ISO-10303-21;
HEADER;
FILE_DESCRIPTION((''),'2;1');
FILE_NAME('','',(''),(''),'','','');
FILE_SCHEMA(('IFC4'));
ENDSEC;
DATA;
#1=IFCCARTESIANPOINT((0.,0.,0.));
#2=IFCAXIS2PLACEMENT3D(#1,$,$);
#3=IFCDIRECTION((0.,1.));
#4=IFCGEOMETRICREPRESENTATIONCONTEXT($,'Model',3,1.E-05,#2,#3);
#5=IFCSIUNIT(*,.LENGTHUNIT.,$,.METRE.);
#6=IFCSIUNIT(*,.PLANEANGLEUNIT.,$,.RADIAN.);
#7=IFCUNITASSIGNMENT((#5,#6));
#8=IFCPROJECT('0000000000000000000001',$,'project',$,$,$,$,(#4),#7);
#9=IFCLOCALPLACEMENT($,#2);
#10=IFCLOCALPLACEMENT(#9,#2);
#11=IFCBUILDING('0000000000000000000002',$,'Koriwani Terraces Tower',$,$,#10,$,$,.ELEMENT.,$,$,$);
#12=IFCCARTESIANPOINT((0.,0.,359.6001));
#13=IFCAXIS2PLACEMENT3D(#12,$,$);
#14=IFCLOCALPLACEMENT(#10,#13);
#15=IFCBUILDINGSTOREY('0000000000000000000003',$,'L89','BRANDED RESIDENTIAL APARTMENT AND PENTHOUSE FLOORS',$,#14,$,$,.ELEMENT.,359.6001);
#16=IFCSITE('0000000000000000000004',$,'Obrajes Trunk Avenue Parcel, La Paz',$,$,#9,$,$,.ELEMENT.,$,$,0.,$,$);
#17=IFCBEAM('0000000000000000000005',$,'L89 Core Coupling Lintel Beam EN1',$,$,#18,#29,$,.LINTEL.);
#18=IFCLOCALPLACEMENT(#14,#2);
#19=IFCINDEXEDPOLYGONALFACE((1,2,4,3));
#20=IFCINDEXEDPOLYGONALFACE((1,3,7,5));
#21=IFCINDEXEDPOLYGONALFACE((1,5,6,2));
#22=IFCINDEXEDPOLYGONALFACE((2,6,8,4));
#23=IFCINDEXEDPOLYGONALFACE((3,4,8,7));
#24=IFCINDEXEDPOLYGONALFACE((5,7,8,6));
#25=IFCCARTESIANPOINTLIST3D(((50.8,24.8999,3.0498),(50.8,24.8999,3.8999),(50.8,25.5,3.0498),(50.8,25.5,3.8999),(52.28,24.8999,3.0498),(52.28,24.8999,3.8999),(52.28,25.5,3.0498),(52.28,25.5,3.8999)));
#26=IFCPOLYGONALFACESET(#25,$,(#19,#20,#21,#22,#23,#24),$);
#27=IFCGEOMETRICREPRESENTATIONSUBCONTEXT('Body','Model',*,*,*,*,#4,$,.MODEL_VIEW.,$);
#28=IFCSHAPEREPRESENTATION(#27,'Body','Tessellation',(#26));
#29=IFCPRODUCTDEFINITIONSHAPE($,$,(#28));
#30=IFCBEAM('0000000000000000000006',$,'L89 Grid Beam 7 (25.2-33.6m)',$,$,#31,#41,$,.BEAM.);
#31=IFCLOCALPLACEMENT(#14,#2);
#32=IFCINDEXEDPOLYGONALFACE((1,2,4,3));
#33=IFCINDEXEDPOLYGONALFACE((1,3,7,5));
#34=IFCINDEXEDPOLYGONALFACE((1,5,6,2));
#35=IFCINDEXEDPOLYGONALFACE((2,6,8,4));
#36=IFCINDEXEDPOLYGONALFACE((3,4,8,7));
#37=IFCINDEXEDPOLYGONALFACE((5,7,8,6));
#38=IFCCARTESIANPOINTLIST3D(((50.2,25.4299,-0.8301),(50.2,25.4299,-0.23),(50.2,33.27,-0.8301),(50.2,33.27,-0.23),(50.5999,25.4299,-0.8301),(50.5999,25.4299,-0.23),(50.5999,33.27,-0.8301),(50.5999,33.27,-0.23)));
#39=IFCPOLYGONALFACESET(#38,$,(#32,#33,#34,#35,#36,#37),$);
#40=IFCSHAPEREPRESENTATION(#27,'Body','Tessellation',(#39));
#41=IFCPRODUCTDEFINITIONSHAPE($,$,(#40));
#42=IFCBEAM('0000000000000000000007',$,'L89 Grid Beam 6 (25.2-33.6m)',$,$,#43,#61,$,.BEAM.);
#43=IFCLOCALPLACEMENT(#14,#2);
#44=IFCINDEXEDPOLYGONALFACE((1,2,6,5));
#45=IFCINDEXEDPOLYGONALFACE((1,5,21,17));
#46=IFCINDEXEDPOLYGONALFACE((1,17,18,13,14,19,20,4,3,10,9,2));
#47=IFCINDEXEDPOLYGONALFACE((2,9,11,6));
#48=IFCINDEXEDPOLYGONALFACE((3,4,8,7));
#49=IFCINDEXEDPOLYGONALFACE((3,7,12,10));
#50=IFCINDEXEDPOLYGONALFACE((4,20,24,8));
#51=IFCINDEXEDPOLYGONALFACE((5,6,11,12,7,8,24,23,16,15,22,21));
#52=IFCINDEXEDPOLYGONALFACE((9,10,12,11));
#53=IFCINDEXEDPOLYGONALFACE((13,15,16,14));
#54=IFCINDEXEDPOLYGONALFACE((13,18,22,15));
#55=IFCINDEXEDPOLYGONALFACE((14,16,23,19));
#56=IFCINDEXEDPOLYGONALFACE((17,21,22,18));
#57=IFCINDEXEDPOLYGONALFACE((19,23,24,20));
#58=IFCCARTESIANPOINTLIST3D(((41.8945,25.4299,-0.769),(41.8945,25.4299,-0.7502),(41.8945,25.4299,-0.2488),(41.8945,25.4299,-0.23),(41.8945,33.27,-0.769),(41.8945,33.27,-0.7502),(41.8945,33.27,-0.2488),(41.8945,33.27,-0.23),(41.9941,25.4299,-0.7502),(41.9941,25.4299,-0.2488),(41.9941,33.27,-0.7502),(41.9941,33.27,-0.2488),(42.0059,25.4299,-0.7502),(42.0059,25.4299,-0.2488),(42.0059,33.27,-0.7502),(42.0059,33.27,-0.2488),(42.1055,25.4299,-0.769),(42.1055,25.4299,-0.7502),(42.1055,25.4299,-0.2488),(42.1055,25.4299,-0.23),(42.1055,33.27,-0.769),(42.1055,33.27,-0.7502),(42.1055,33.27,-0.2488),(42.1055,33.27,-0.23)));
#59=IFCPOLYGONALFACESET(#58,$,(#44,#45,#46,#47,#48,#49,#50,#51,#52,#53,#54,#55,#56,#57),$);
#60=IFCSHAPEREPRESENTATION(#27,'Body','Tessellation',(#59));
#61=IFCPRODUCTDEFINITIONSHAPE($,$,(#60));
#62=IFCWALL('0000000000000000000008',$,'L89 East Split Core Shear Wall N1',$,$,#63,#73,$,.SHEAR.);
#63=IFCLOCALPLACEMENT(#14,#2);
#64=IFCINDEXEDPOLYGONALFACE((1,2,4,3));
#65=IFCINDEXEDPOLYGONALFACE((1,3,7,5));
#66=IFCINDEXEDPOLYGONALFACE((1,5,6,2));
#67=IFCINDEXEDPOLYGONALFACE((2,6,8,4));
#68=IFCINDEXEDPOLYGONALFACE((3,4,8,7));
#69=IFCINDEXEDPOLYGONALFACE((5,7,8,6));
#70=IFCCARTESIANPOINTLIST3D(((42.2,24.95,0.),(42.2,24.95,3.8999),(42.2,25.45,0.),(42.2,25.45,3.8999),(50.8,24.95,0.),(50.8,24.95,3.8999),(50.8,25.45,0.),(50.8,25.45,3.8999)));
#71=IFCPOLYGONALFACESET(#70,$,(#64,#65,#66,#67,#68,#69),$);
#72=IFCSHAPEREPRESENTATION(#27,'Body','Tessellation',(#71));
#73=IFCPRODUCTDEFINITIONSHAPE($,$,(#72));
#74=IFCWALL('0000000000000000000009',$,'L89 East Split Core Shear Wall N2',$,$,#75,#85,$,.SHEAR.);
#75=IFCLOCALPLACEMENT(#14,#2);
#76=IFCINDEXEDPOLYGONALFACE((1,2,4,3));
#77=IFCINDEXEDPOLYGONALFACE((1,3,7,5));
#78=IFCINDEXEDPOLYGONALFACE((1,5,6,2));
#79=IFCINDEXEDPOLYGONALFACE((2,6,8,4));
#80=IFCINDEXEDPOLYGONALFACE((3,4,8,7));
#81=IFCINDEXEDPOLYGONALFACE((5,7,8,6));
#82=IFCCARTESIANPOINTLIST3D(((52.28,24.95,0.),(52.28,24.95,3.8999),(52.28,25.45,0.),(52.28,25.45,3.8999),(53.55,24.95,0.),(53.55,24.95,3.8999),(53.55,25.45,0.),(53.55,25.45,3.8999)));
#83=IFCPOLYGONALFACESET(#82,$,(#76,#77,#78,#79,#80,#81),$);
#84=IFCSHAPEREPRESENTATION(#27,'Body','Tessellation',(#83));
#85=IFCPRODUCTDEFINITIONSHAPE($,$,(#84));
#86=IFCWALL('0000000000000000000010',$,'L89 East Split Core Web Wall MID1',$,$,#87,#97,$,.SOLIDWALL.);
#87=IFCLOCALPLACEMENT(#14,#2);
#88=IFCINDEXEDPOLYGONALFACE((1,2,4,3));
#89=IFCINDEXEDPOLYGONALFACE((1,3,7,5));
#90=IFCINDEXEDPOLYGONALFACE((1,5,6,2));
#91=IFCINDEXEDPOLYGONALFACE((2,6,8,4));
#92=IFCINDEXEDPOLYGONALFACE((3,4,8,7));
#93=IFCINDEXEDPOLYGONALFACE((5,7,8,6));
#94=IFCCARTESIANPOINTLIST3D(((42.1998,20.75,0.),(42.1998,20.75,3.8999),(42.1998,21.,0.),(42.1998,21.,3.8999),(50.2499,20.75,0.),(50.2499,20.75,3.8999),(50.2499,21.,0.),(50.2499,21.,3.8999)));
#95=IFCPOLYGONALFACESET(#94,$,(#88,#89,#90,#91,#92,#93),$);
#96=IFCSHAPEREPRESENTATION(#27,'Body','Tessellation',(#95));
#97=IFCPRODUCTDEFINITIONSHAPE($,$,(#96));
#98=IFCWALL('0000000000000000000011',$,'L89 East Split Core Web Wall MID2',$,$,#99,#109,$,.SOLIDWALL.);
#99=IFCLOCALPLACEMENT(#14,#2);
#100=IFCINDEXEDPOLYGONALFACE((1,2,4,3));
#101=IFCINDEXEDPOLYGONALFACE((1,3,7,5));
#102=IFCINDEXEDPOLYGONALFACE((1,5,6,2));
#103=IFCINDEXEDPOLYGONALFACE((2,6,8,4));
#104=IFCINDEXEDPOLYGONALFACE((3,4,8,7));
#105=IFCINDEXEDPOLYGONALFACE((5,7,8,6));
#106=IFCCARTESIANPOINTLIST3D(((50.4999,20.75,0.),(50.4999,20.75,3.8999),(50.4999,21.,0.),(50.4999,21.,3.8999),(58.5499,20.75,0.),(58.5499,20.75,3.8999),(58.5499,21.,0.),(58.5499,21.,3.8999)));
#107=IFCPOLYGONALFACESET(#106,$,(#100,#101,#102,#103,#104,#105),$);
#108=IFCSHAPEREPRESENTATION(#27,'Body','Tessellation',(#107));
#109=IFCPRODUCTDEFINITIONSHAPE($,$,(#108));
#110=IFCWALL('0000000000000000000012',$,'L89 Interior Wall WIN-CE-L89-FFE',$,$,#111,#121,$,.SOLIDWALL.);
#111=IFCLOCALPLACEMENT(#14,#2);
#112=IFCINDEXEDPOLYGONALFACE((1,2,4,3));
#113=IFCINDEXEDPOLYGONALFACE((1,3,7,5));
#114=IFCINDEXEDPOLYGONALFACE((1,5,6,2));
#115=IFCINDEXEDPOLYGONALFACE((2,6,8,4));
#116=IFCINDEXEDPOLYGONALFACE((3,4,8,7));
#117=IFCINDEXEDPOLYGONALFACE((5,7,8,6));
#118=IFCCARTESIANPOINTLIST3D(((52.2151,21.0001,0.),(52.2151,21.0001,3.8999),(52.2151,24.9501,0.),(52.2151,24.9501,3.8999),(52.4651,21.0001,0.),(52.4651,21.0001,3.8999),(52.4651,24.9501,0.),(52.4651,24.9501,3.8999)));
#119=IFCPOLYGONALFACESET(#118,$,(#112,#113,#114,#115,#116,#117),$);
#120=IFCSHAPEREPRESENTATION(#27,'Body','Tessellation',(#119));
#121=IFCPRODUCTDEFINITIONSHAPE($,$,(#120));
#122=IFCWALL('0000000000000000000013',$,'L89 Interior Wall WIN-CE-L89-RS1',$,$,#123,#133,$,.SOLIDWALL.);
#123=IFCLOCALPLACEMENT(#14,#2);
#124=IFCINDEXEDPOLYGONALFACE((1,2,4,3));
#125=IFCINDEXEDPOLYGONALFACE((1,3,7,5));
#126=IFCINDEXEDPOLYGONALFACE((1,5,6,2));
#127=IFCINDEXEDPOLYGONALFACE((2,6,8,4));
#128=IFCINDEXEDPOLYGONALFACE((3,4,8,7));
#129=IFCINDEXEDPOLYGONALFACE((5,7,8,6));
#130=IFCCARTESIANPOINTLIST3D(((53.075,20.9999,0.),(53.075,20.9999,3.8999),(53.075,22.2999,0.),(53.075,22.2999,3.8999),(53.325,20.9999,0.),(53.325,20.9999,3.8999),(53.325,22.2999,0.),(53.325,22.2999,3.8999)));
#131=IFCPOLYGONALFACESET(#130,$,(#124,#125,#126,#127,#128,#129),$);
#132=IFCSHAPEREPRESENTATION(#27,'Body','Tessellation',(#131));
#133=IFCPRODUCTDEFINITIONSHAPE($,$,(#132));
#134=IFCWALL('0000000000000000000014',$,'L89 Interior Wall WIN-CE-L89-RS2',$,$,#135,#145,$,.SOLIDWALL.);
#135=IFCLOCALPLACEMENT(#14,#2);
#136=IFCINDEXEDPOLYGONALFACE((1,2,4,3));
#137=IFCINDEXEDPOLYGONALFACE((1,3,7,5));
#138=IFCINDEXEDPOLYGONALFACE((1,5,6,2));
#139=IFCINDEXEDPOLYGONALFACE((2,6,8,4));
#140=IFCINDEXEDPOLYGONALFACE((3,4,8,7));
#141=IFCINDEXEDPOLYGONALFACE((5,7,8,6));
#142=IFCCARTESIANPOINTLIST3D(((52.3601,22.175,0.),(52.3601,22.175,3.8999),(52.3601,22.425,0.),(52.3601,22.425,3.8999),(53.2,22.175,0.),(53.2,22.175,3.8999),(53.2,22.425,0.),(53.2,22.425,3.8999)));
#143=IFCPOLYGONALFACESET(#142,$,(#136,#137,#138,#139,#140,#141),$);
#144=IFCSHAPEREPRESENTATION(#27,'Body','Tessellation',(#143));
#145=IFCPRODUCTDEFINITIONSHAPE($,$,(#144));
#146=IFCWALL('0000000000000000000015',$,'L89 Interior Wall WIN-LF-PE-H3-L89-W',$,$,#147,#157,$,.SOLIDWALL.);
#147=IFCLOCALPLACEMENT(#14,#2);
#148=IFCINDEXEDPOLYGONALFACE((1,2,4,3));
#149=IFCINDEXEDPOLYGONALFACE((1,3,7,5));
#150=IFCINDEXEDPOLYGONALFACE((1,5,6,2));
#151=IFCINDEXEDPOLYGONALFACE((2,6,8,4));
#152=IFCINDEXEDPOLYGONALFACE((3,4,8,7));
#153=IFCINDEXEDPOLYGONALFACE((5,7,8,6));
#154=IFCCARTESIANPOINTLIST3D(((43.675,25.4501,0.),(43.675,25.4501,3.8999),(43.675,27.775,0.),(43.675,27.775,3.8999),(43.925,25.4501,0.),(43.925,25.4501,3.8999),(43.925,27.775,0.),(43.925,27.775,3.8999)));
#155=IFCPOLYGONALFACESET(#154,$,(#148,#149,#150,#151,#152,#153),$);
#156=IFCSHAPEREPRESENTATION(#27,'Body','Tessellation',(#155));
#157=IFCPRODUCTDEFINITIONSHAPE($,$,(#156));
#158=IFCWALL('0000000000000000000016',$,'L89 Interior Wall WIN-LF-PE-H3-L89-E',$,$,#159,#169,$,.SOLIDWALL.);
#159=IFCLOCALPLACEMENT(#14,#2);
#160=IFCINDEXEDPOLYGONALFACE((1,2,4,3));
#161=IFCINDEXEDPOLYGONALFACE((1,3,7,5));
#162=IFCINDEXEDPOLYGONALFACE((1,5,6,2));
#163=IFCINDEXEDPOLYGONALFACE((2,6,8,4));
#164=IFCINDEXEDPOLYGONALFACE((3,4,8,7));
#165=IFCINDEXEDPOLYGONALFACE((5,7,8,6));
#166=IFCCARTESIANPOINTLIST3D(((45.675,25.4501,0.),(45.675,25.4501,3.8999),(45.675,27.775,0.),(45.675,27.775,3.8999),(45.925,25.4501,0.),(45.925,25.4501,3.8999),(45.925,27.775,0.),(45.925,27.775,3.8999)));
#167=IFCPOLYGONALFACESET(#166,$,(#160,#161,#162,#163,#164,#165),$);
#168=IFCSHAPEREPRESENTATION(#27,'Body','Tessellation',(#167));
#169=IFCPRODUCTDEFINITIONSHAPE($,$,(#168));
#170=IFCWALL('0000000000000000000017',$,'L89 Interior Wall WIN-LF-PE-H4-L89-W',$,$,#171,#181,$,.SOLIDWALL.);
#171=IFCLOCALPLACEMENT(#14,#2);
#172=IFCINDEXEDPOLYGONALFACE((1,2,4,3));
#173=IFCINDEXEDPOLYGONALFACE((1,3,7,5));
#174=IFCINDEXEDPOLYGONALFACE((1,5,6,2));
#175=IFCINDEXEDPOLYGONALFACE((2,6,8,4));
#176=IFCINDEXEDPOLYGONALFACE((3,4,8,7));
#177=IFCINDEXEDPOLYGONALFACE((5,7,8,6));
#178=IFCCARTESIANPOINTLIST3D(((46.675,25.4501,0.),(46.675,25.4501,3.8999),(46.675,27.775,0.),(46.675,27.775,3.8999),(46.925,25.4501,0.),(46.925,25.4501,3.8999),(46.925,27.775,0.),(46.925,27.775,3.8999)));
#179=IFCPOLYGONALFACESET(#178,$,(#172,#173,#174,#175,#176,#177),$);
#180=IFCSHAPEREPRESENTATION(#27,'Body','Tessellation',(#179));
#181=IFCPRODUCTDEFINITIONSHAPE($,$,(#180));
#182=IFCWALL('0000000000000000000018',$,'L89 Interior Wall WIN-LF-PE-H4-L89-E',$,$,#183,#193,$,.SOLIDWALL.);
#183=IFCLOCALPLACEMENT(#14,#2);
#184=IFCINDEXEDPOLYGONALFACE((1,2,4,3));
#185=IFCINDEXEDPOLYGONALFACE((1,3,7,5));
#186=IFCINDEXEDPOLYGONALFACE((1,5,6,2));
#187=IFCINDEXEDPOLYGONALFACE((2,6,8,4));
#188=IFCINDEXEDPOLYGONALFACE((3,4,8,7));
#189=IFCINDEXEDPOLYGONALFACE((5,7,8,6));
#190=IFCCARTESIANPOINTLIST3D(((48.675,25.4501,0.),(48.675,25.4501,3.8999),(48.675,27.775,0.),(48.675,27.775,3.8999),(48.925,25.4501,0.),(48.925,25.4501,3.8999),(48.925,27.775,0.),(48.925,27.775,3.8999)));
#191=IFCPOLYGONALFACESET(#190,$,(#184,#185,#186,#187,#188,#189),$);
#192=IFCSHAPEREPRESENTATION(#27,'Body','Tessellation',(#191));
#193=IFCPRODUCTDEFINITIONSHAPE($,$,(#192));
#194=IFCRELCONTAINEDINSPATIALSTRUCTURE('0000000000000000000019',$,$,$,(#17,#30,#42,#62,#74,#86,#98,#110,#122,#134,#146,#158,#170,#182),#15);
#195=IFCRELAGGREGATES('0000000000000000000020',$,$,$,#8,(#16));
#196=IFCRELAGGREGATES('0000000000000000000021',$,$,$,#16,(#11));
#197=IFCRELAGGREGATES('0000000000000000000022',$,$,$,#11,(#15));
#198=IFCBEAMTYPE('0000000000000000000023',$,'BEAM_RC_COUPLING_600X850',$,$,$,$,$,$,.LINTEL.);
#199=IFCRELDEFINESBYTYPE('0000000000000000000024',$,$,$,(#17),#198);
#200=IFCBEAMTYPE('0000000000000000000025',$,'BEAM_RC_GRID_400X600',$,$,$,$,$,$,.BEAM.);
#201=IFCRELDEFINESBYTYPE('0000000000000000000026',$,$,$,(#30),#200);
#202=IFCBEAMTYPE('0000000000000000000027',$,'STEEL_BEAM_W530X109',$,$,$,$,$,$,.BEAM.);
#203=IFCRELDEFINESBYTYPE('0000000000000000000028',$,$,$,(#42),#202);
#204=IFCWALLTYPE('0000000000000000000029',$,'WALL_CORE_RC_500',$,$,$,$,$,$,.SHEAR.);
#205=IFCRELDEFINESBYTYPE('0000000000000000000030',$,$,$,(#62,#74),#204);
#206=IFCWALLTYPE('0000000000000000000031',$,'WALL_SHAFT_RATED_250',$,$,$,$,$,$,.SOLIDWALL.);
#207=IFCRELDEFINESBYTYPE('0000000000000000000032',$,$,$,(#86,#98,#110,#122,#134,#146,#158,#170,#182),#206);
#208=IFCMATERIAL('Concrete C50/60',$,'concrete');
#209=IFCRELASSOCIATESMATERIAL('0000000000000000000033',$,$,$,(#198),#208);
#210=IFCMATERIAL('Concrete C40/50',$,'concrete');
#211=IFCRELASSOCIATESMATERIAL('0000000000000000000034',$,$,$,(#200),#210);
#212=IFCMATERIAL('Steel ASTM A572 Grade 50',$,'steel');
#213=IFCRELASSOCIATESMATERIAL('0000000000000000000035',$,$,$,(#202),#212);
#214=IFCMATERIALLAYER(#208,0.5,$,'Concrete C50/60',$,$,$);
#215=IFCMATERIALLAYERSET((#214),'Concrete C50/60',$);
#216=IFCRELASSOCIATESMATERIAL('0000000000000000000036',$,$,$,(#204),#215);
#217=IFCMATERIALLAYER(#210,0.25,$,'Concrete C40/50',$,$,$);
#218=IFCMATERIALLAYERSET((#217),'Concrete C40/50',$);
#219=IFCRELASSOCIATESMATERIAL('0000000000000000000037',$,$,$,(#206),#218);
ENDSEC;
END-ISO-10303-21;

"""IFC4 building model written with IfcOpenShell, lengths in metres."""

from ifc_helpers import new_model, si_unit, direction, frame, frame_2d, origin, origin_2d, place, context, subcontext, project, spatial, rectangle, i_section, extrude, material, layer, layer_set, material_profile, profile_set, type_object, element, save


model = new_model("IFC4")

# Units and contexts
model_context = context("Model", 3, precision=1e-05, world=origin(), true_north=direction((0.0, 1.0)))
body_context = subcontext(model_context, "Body", "Model", "MODEL_VIEW")
ifc_project = project(units=[si_unit("LENGTHUNIT", "METRE"), si_unit("PLANEANGLEUNIT", "RADIAN")], contexts=[model_context])

# Site, building, storey
site_placement = place(None, origin())
site = spatial("IfcSite", under=ifc_project, at=site_placement, Name="Obrajes Trunk Avenue Parcel, La Paz", CompositionType="ELEMENT", RefElevation=0.0)
building_placement = place(site_placement, origin())
building = spatial("IfcBuilding", under=site, at=building_placement, Name="Koriwani Terraces Tower", CompositionType="ELEMENT")
storey_placement = place(building_placement, frame((0.0, 0.0, 359.6001)))
storey = spatial("IfcBuildingStorey", under=building, at=storey_placement, Name="L89", Description="BRANDED RESIDENTIAL APARTMENT AND PENTHOUSE FLOORS", CompositionType="ELEMENT", Elevation=359.6001)

# Beams
ifc_material_1 = material(Name="Concrete C50/60", Category="concrete")
ifc_material_profile_1 = material_profile(ifc_material_1, rectangle(XDim=0.6001, YDim=0.8501, at=origin_2d()), Name="Concrete C50/60", Category="LoadBearing")
ifc_profile_set_1 = profile_set([ifc_material_profile_1], Name="Concrete C50/60")
beam_type_1 = type_object("IfcBeamType", Name="BEAM_RC_COUPLING_600X850", PredefinedType="LINTEL", material=ifc_profile_set_1)
beam_1_placement = place(storey_placement, frame((50.8, 25.2, 3.4749), z_axis=(1.0, 0.0, 0.0), x_axis=(0.0, 1.0, 0.0)))
element("IfcBeam", 1, at=beam_1_placement, inside=storey, type_object=beam_type_1, Name="L89 Core Coupling Lintel Beam EN1", PredefinedType="LINTEL", context=body_context, shape_type="SweptSolid", body=[
    extrude(rectangle(XDim=0.6001, YDim=0.8501, at=origin_2d()), origin(), (0.0, 0.0, 1.0), 1.48),
])
ifc_material_2 = material(Name="Concrete C40/50", Category="concrete")
ifc_material_profile_2 = material_profile(ifc_material_2, rectangle(XDim=0.3999, YDim=0.6001, at=origin_2d()), Name="Concrete C40/50", Category="LoadBearing")
ifc_profile_set_2 = profile_set([ifc_material_profile_2], Name="Concrete C40/50")
beam_type_2 = type_object("IfcBeamType", Name="BEAM_RC_GRID_400X600", PredefinedType="BEAM", material=ifc_profile_set_2)
beam_2_placement = place(storey_placement, frame((50.3999, 25.4299, -0.53), z_axis=(0.0, 1.0, 0.0), x_axis=(-1.0, 0.0, 0.0)))
element("IfcBeam", 2, at=beam_2_placement, inside=storey, type_object=beam_type_2, Name="L89 Grid Beam 7 (25.2-33.6m)", PredefinedType="BEAM", context=body_context, shape_type="SweptSolid", body=[
    extrude(rectangle(XDim=0.3999, YDim=0.6001, at=origin_2d()), origin(), (0.0, 0.0, 1.0), 7.8401),
])
ifc_material_3 = material(Name="Steel ASTM A572 Grade 50", Category="steel")
ifc_material_profile_3 = material_profile(ifc_material_3, i_section(OverallWidth=0.2109, OverallDepth=0.5391, WebThickness=0.0117, FlangeThickness=0.0188, at=origin_2d()), Name="Steel ASTM A572 Grade 50", Category="LoadBearing")
ifc_profile_set_3 = profile_set([ifc_material_profile_3], Name="Steel ASTM A572 Grade 50")
beam_type_3 = type_object("IfcBeamType", Name="STEEL_BEAM_W530X109", PredefinedType="BEAM", material=ifc_profile_set_3)
beam_3_placement = place(storey_placement, frame((42.0, 25.4299, -0.4995), z_axis=(0.0, 1.0, 0.0), x_axis=(-1.0, 0.0, 0.0)))
element("IfcBeam", 3, at=beam_3_placement, inside=storey, type_object=beam_type_3, Name="L89 Grid Beam 6 (25.2-33.6m)", PredefinedType="BEAM", context=body_context, shape_type="SweptSolid", body=[
    extrude(i_section(OverallWidth=0.2109, OverallDepth=0.5391, WebThickness=0.0117, FlangeThickness=0.0188, at=origin_2d()), origin(), (0.0, 0.0, 1.0), 7.8401),
])

# Walls
ifc_layer_1 = layer(ifc_material_1, 0.5, Name="Concrete C50/60")
ifc_layer_set_1 = layer_set([ifc_layer_1], Name="Concrete C50/60")
wall_type_1 = type_object("IfcWallType", Name="WALL_CORE_RC_500", PredefinedType="SHEAR", material=ifc_layer_set_1)
wall_1_placement = place(storey_placement, frame((42.2, 25.2, 0.0), z_axis=(0.0, 0.0, 1.0), x_axis=(1.0, 0.0, 0.0)))
element("IfcWall", 4, at=wall_1_placement, inside=storey, type_object=wall_type_1, Name="L89 East Split Core Shear Wall N1", PredefinedType="SHEAR", context=body_context, shape_type="SweptSolid", body=[
    extrude(rectangle(XDim=8.6001, YDim=0.5, at=frame_2d((4.3, 0.0))), origin(), (0.0, 0.0, 1.0), 3.8999),
])
wall_2_placement = place(storey_placement, frame((52.28, 25.2, 0.0), z_axis=(0.0, 0.0, 1.0), x_axis=(1.0, 0.0, 0.0)))
element("IfcWall", 5, at=wall_2_placement, inside=storey, type_object=wall_type_1, Name="L89 East Split Core Shear Wall N2", PredefinedType="SHEAR", context=body_context, shape_type="SweptSolid", body=[
    extrude(rectangle(XDim=1.27, YDim=0.5, at=frame_2d((0.635, 0.0))), origin(), (0.0, 0.0, 1.0), 3.8999),
])
ifc_layer_2 = layer(ifc_material_2, 0.25, Name="Concrete C40/50")
ifc_layer_set_2 = layer_set([ifc_layer_2], Name="Concrete C40/50")
wall_type_2 = type_object("IfcWallType", Name="WALL_SHAFT_RATED_250", PredefinedType="SOLIDWALL", material=ifc_layer_set_2)
for number, where, z_axis, x_axis, name in (
    (6, (42.2, 20.875, 0.0), (0.0, 0.0, 1.0), (1.0, 0.0, 0.0), "L89 East Split Core Web Wall MID1"),
    (7, (50.5, 20.875, 0.0), (0.0, 0.0, 1.0), (1.0, 0.0, 0.0), "L89 East Split Core Web Wall MID2"),
):
    element("IfcWall", number, at=place(storey_placement, frame(where, z_axis=z_axis, x_axis=x_axis)), inside=storey, type_object=wall_type_2, Name=name, PredefinedType="SOLIDWALL", context=body_context, shape_type="SweptSolid", body=[
        extrude(rectangle(XDim=8.05, YDim=0.25, at=frame_2d((4.0249, 0.0))), origin(), (0.0, 0.0, 1.0), 3.8999),
    ])

# Walls
wall_3_placement = place(storey_placement, frame((52.3401, 21.0, 0.0), z_axis=(0.0, 0.0, 1.0), x_axis=(0.0, 1.0, 0.0)))
element("IfcWall", 8, at=wall_3_placement, inside=storey, type_object=wall_type_2, Name="L89 Interior Wall WIN-CE-L89-FFE", PredefinedType="SOLIDWALL", context=body_context, shape_type="SweptSolid", body=[
    extrude(rectangle(XDim=3.95, YDim=0.25, at=frame_2d((1.9751, 0.0))), origin(), (0.0, 0.0, 1.0), 3.8999),
])
wall_4_placement = place(storey_placement, frame((53.2, 21.0, 0.0), z_axis=(0.0, 0.0, 1.0), x_axis=(0.0, 1.0, 0.0)))
element("IfcWall", 9, at=wall_4_placement, inside=storey, type_object=wall_type_2, Name="L89 Interior Wall WIN-CE-L89-RS1", PredefinedType="SOLIDWALL", context=body_context, shape_type="SweptSolid", body=[
    extrude(rectangle(XDim=1.3, YDim=0.25, at=frame_2d((0.6499, 0.0))), origin(), (0.0, 0.0, 1.0), 3.8999),
])
wall_5_placement = place(storey_placement, frame((52.3601, 22.3, 0.0), z_axis=(0.0, 0.0, 1.0), x_axis=(1.0, 0.0, 0.0)))
element("IfcWall", 10, at=wall_5_placement, inside=storey, type_object=wall_type_2, Name="L89 Interior Wall WIN-CE-L89-RS2", PredefinedType="SOLIDWALL", context=body_context, shape_type="SweptSolid", body=[
    extrude(rectangle(XDim=0.8398, YDim=0.25, at=frame_2d((0.4199, 0.0))), origin(), (0.0, 0.0, 1.0), 3.8999),
])
for number, where, z_axis, x_axis, name in (
    (11, (43.8, 25.45, 0.0), (0.0, 0.0, 1.0), (0.0, 1.0, 0.0), "L89 Interior Wall WIN-LF-PE-H3-L89-W"),
    (12, (45.8, 25.45, 0.0), (0.0, 0.0, 1.0), (0.0, 1.0, 0.0), "L89 Interior Wall WIN-LF-PE-H3-L89-E"),
    (13, (46.8, 25.45, 0.0), (0.0, 0.0, 1.0), (0.0, 1.0, 0.0), "L89 Interior Wall WIN-LF-PE-H4-L89-W"),
    (14, (48.8, 25.45, 0.0), (0.0, 0.0, 1.0), (0.0, 1.0, 0.0), "L89 Interior Wall WIN-LF-PE-H4-L89-E"),
):
    element("IfcWall", number, at=place(storey_placement, frame(where, z_axis=z_axis, x_axis=x_axis)), inside=storey, type_object=wall_type_2, Name=name, PredefinedType="SOLIDWALL", context=body_context, shape_type="SweptSolid", body=[
        extrude(rectangle(XDim=2.325, YDim=0.25, at=frame_2d((1.1626, 0.0))), origin(), (0.0, 0.0, 1.0), 3.8999),
    ])

save(model, "model.ifc")
